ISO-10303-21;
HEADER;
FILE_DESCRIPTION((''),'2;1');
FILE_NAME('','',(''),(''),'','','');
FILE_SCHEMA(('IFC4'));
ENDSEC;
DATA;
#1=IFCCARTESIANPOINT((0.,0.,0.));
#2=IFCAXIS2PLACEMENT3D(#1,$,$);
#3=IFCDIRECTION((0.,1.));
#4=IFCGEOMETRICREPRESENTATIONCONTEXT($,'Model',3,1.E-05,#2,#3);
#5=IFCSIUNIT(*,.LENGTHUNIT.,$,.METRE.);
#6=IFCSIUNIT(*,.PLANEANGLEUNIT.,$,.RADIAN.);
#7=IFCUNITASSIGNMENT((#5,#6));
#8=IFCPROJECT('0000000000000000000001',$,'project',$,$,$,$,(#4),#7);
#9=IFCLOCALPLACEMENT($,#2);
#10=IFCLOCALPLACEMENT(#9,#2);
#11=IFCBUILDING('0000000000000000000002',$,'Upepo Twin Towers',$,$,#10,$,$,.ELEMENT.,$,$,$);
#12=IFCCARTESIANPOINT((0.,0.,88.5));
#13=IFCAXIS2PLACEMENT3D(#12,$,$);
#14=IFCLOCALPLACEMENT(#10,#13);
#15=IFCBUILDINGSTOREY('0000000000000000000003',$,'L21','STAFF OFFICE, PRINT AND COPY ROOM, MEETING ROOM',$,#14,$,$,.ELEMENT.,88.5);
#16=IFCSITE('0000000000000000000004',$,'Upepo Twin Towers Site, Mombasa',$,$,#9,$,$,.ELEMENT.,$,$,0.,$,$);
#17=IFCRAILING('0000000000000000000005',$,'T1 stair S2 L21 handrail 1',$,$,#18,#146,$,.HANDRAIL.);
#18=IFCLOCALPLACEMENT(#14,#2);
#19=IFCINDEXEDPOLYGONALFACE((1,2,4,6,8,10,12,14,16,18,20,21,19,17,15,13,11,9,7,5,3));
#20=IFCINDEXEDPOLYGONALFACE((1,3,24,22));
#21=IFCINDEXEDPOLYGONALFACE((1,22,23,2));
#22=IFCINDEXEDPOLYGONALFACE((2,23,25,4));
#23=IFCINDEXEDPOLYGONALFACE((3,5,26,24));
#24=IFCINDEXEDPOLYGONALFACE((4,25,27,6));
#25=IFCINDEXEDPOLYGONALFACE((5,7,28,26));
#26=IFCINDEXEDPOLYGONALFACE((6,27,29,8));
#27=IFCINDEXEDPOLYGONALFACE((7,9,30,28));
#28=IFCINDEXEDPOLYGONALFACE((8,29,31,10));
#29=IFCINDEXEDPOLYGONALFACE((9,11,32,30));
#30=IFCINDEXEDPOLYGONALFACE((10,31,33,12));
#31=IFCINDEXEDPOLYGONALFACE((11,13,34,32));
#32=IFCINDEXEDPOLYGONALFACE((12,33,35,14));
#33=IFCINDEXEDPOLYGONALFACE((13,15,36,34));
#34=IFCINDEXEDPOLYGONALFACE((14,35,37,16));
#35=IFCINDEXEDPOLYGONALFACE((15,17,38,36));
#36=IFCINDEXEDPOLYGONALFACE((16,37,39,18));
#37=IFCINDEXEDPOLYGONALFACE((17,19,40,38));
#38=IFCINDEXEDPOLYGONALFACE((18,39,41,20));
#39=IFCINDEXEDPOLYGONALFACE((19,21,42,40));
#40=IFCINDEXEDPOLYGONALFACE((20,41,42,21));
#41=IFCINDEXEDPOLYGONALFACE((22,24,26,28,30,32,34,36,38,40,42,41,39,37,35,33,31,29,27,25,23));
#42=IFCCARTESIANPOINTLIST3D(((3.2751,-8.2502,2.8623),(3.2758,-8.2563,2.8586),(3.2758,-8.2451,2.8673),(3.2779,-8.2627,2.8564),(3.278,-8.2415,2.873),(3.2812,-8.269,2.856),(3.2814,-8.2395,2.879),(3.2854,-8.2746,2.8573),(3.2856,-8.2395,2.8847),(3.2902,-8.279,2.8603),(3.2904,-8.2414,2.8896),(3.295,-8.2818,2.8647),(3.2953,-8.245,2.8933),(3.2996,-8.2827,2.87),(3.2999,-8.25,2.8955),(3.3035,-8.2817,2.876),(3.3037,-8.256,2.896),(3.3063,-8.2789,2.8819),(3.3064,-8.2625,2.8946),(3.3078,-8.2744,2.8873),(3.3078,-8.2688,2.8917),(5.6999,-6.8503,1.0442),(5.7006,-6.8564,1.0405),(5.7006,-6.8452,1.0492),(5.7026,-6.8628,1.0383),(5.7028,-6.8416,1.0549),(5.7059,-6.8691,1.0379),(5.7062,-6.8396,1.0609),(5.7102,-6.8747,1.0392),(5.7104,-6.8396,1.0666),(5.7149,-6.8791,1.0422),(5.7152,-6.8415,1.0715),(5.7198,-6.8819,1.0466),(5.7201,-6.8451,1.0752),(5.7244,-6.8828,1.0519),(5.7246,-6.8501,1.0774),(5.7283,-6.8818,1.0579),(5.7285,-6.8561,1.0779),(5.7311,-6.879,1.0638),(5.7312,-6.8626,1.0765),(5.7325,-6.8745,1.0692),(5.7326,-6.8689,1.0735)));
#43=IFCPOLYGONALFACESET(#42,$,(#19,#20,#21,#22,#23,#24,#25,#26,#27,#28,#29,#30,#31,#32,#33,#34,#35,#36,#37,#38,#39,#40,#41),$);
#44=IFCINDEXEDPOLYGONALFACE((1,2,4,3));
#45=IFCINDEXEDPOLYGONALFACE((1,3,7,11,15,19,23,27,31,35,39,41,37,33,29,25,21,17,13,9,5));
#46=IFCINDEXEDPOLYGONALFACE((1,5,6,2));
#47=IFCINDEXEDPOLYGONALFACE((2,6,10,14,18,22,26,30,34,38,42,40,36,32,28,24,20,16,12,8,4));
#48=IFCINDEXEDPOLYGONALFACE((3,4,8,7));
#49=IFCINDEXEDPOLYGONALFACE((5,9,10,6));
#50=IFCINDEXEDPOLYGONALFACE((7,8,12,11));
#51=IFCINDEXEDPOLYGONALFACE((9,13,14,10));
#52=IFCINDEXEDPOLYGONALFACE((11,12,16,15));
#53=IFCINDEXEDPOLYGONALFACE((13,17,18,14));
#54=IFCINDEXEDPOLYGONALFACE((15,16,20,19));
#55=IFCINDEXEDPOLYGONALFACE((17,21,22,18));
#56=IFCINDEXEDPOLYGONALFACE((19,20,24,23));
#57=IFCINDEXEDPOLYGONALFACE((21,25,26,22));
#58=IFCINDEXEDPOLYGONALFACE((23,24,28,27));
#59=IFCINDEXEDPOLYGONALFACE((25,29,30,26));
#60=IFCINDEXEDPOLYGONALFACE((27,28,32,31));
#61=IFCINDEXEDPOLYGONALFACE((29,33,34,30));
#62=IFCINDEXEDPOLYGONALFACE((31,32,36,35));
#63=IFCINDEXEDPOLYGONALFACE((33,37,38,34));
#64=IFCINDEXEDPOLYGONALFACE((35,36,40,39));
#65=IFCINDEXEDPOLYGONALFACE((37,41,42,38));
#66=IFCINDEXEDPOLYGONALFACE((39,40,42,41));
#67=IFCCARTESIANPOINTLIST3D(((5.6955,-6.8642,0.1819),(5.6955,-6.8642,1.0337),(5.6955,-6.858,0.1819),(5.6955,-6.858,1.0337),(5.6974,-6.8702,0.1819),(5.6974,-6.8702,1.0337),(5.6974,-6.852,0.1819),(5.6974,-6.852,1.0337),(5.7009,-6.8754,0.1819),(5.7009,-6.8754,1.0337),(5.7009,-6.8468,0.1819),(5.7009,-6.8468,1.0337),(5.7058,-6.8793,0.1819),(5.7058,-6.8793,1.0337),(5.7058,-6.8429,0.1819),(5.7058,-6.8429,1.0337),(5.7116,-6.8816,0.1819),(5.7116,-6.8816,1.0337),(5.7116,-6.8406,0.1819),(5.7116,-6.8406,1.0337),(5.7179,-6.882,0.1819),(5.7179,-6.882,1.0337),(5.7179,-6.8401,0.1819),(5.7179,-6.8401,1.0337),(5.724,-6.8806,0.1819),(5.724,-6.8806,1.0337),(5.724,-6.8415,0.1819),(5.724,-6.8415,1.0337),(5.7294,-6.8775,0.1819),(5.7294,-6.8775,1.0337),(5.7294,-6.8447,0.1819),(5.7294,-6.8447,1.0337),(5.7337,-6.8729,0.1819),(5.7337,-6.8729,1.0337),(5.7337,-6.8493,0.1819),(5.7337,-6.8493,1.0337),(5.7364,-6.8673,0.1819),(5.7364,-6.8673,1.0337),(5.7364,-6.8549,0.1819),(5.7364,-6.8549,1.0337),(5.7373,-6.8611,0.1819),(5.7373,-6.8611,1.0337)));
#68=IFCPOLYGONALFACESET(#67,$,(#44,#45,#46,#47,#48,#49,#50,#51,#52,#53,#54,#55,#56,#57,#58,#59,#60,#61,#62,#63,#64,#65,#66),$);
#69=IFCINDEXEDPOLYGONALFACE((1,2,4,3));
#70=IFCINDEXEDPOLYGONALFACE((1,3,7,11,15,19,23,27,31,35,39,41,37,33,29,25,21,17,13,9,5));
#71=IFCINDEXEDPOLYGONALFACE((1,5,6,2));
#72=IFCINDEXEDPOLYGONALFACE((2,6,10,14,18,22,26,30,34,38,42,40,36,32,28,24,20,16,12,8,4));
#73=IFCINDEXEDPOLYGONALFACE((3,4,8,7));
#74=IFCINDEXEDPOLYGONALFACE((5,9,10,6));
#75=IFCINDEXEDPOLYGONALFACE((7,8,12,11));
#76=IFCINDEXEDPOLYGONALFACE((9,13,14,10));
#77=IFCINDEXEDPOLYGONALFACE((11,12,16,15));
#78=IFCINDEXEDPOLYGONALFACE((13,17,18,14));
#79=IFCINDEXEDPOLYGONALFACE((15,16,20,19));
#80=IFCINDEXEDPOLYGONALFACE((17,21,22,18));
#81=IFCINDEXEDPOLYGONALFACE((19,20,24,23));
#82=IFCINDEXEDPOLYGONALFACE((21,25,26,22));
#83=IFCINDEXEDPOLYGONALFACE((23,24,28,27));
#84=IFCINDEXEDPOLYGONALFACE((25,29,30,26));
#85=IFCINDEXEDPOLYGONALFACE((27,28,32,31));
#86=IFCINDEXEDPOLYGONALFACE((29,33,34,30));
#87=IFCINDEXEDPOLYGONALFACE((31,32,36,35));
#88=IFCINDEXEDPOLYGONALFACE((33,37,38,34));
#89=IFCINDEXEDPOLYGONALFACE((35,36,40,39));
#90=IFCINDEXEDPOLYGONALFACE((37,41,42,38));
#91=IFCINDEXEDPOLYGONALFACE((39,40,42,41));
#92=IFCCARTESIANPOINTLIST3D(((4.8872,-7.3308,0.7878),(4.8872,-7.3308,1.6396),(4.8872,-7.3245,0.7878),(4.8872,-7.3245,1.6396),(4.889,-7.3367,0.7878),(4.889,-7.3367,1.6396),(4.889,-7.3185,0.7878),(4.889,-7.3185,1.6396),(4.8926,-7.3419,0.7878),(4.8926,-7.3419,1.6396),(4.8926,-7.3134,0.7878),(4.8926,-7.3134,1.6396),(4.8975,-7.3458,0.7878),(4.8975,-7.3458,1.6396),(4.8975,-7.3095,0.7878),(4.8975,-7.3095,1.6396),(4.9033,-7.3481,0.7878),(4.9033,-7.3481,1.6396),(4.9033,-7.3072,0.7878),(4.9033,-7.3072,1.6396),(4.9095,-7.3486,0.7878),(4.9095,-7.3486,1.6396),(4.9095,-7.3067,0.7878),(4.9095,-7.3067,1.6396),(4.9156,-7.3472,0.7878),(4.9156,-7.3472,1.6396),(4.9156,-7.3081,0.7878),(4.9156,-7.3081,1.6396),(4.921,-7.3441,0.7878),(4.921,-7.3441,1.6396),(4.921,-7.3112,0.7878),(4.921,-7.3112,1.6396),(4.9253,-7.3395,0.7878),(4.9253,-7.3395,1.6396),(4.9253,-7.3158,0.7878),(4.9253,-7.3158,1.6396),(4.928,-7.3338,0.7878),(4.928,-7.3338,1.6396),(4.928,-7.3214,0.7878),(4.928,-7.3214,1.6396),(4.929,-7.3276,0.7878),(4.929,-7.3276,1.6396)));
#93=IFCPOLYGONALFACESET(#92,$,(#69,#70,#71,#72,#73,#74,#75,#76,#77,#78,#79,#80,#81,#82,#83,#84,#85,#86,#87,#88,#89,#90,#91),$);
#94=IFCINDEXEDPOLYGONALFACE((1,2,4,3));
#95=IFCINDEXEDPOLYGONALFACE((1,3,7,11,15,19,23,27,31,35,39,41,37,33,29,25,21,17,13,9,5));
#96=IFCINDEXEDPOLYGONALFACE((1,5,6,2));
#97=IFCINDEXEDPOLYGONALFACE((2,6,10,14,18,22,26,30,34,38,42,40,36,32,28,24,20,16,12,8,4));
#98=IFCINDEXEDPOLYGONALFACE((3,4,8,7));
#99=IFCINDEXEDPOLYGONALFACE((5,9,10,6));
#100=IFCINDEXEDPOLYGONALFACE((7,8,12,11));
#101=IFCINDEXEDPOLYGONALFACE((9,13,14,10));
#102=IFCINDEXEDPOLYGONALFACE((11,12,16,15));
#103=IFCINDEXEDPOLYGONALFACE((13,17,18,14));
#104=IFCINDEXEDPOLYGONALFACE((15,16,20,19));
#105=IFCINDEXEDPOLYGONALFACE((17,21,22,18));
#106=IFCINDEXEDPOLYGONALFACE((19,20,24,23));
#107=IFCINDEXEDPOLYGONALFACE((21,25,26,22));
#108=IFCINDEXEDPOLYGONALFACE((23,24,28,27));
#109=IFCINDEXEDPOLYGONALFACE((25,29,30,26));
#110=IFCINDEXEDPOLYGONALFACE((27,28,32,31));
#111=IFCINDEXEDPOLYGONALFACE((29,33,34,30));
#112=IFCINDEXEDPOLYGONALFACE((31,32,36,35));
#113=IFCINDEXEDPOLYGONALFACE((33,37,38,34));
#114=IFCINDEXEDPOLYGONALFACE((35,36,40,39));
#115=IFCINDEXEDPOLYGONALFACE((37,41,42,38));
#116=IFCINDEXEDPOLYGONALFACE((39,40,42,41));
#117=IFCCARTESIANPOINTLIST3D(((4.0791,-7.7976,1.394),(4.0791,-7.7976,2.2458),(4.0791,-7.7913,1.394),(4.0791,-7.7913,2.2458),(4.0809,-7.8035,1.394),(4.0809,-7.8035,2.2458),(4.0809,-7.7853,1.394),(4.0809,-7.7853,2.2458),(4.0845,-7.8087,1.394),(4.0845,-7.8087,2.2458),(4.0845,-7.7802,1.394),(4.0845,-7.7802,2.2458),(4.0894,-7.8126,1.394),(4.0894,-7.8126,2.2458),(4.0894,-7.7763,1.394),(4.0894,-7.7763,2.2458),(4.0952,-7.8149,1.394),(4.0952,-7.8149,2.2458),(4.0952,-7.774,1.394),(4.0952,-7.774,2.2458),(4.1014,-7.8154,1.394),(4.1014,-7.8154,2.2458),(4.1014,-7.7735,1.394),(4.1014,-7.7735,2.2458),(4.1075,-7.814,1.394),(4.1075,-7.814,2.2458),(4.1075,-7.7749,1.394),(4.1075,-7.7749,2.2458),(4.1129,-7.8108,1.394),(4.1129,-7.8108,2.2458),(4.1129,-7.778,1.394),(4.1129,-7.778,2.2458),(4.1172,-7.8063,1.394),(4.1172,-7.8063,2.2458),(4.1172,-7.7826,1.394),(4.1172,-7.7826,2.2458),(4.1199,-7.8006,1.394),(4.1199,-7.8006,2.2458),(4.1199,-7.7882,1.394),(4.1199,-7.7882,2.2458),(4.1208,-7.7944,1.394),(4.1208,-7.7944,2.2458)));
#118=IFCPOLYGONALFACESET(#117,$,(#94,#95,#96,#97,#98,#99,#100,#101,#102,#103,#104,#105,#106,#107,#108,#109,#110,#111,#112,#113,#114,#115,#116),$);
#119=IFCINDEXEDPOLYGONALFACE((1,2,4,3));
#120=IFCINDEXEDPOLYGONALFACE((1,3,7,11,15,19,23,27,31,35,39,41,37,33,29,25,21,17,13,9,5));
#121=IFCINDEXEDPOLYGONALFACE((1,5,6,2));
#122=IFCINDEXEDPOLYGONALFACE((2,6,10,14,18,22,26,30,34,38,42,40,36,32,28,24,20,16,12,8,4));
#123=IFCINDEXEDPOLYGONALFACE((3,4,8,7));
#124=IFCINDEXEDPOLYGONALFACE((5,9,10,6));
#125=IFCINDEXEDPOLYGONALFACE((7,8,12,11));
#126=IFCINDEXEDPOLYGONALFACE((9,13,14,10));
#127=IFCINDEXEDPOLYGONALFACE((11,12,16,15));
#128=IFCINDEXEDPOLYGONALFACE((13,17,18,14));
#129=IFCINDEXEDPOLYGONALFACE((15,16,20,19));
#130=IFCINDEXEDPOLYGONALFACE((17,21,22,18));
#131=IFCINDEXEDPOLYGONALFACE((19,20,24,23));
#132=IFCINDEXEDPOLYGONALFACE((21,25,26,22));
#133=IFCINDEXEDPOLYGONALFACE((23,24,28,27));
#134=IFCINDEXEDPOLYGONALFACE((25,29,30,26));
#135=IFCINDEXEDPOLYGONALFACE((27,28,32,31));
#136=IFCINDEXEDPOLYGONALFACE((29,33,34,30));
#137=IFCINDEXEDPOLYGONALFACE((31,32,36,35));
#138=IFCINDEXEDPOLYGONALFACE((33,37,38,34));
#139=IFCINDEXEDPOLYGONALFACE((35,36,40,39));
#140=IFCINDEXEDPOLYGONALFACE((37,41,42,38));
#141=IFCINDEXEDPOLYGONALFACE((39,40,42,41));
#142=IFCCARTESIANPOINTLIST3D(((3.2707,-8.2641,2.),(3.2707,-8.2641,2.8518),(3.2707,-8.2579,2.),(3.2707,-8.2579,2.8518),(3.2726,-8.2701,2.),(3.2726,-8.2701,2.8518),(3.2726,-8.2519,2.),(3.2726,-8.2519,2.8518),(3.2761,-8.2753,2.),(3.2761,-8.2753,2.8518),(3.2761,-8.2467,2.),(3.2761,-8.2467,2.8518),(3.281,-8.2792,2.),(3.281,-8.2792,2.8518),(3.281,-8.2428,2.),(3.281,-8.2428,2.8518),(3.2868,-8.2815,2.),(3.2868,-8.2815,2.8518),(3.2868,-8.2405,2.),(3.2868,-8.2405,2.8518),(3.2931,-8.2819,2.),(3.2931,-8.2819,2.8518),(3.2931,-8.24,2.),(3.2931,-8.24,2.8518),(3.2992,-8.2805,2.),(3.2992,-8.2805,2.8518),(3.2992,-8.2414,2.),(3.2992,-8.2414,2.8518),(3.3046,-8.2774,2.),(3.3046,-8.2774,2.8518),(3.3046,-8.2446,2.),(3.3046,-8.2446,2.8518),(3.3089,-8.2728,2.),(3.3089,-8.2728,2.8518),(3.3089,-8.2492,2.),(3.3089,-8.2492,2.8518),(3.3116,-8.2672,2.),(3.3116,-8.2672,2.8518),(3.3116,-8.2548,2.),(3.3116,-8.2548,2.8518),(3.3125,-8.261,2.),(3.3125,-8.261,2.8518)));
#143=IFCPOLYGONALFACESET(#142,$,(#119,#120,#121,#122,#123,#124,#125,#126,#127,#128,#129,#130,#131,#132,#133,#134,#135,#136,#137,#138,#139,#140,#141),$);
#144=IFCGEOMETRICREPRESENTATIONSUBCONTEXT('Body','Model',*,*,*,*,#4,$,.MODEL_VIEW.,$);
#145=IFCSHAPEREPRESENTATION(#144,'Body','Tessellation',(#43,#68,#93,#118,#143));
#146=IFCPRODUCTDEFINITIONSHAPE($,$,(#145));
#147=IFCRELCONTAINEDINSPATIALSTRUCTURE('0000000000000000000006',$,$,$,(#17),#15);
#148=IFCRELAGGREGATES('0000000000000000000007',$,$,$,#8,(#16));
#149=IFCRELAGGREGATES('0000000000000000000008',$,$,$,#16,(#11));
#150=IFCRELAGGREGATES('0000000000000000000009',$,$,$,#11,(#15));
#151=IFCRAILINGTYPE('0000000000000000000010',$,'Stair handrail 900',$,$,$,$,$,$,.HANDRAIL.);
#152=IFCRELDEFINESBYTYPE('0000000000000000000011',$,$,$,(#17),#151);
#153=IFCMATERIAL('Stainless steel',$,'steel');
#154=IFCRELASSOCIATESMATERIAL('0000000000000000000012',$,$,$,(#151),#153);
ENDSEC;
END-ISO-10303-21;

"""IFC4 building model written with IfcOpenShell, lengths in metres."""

from ifc_helpers import new_model, si_unit, direction, frame, origin, origin_2d, place, context, subcontext, project, spatial, circle, extrude, material, type_object, element, save


model = new_model("IFC4")

# Units and contexts
model_context = context("Model", 3, precision=1e-05, world=origin(), true_north=direction((0.0, 1.0)))
body_context = subcontext(model_context, "Body", "Model", "MODEL_VIEW")
ifc_project = project(units=[si_unit("LENGTHUNIT", "METRE"), si_unit("PLANEANGLEUNIT", "RADIAN")], contexts=[model_context])

# Site, building, storey
site_placement = place(None, origin())
site = spatial("IfcSite", under=ifc_project, at=site_placement, Name="Upepo Twin Towers Site, Mombasa", CompositionType="ELEMENT", RefElevation=0.0)
building_placement = place(site_placement, origin())
building = spatial("IfcBuilding", under=site, at=building_placement, Name="Upepo Twin Towers", CompositionType="ELEMENT")
storey_placement = place(building_placement, frame((0.0, 0.0, 88.5)))
storey = spatial("IfcBuildingStorey", under=building, at=storey_placement, Name="L21", Description="STAFF OFFICE, PRINT AND COPY ROOM, MEETING ROOM", CompositionType="ELEMENT", Elevation=88.5)

# Railing
ifc_material_1 = material(Name="Stainless steel", Category="steel")
railing_type = type_object("IfcRailingType", Name="Stair handrail 900", PredefinedType="HANDRAIL", material=ifc_material_1)
railing_placement = place(storey_placement, frame((5.7163, -6.8611, 0.1819)))
element("IfcRailing", 1, at=railing_placement, inside=storey, type_object=railing_type, Name="T1 stair S2 L21 handrail 1", PredefinedType="HANDRAIL", context=body_context, shape_type="SweptSolid", body=[
    extrude(circle(Radius=0.0239, at=origin_2d()), frame((0.0, 0.0, 0.876), z_axis=(-0.726336, -0.419333, 0.544606), x_axis=(0.499984, -0.866035, 0.0)), (0.0, 0.0, 1.0), 3.3384),
    extrude(circle(Radius=0.021, at=origin_2d()), origin(), (0.0, 0.0, 1.0), 0.8518),
    extrude(circle(Radius=0.021, at=origin_2d()), frame((-0.8083, -0.4666, 0.606)), (0.0, 0.0, 1.0), 0.8518),
    extrude(circle(Radius=0.021, at=origin_2d()), frame((-1.6165, -0.9333, 1.2122)), (0.0, 0.0, 1.0), 0.8518),
    extrude(circle(Radius=0.021, at=origin_2d()), frame((-2.4248, -1.3999, 1.8181)), (0.0, 0.0, 1.0), 0.8518),
])

save(model, "model.ifc")
